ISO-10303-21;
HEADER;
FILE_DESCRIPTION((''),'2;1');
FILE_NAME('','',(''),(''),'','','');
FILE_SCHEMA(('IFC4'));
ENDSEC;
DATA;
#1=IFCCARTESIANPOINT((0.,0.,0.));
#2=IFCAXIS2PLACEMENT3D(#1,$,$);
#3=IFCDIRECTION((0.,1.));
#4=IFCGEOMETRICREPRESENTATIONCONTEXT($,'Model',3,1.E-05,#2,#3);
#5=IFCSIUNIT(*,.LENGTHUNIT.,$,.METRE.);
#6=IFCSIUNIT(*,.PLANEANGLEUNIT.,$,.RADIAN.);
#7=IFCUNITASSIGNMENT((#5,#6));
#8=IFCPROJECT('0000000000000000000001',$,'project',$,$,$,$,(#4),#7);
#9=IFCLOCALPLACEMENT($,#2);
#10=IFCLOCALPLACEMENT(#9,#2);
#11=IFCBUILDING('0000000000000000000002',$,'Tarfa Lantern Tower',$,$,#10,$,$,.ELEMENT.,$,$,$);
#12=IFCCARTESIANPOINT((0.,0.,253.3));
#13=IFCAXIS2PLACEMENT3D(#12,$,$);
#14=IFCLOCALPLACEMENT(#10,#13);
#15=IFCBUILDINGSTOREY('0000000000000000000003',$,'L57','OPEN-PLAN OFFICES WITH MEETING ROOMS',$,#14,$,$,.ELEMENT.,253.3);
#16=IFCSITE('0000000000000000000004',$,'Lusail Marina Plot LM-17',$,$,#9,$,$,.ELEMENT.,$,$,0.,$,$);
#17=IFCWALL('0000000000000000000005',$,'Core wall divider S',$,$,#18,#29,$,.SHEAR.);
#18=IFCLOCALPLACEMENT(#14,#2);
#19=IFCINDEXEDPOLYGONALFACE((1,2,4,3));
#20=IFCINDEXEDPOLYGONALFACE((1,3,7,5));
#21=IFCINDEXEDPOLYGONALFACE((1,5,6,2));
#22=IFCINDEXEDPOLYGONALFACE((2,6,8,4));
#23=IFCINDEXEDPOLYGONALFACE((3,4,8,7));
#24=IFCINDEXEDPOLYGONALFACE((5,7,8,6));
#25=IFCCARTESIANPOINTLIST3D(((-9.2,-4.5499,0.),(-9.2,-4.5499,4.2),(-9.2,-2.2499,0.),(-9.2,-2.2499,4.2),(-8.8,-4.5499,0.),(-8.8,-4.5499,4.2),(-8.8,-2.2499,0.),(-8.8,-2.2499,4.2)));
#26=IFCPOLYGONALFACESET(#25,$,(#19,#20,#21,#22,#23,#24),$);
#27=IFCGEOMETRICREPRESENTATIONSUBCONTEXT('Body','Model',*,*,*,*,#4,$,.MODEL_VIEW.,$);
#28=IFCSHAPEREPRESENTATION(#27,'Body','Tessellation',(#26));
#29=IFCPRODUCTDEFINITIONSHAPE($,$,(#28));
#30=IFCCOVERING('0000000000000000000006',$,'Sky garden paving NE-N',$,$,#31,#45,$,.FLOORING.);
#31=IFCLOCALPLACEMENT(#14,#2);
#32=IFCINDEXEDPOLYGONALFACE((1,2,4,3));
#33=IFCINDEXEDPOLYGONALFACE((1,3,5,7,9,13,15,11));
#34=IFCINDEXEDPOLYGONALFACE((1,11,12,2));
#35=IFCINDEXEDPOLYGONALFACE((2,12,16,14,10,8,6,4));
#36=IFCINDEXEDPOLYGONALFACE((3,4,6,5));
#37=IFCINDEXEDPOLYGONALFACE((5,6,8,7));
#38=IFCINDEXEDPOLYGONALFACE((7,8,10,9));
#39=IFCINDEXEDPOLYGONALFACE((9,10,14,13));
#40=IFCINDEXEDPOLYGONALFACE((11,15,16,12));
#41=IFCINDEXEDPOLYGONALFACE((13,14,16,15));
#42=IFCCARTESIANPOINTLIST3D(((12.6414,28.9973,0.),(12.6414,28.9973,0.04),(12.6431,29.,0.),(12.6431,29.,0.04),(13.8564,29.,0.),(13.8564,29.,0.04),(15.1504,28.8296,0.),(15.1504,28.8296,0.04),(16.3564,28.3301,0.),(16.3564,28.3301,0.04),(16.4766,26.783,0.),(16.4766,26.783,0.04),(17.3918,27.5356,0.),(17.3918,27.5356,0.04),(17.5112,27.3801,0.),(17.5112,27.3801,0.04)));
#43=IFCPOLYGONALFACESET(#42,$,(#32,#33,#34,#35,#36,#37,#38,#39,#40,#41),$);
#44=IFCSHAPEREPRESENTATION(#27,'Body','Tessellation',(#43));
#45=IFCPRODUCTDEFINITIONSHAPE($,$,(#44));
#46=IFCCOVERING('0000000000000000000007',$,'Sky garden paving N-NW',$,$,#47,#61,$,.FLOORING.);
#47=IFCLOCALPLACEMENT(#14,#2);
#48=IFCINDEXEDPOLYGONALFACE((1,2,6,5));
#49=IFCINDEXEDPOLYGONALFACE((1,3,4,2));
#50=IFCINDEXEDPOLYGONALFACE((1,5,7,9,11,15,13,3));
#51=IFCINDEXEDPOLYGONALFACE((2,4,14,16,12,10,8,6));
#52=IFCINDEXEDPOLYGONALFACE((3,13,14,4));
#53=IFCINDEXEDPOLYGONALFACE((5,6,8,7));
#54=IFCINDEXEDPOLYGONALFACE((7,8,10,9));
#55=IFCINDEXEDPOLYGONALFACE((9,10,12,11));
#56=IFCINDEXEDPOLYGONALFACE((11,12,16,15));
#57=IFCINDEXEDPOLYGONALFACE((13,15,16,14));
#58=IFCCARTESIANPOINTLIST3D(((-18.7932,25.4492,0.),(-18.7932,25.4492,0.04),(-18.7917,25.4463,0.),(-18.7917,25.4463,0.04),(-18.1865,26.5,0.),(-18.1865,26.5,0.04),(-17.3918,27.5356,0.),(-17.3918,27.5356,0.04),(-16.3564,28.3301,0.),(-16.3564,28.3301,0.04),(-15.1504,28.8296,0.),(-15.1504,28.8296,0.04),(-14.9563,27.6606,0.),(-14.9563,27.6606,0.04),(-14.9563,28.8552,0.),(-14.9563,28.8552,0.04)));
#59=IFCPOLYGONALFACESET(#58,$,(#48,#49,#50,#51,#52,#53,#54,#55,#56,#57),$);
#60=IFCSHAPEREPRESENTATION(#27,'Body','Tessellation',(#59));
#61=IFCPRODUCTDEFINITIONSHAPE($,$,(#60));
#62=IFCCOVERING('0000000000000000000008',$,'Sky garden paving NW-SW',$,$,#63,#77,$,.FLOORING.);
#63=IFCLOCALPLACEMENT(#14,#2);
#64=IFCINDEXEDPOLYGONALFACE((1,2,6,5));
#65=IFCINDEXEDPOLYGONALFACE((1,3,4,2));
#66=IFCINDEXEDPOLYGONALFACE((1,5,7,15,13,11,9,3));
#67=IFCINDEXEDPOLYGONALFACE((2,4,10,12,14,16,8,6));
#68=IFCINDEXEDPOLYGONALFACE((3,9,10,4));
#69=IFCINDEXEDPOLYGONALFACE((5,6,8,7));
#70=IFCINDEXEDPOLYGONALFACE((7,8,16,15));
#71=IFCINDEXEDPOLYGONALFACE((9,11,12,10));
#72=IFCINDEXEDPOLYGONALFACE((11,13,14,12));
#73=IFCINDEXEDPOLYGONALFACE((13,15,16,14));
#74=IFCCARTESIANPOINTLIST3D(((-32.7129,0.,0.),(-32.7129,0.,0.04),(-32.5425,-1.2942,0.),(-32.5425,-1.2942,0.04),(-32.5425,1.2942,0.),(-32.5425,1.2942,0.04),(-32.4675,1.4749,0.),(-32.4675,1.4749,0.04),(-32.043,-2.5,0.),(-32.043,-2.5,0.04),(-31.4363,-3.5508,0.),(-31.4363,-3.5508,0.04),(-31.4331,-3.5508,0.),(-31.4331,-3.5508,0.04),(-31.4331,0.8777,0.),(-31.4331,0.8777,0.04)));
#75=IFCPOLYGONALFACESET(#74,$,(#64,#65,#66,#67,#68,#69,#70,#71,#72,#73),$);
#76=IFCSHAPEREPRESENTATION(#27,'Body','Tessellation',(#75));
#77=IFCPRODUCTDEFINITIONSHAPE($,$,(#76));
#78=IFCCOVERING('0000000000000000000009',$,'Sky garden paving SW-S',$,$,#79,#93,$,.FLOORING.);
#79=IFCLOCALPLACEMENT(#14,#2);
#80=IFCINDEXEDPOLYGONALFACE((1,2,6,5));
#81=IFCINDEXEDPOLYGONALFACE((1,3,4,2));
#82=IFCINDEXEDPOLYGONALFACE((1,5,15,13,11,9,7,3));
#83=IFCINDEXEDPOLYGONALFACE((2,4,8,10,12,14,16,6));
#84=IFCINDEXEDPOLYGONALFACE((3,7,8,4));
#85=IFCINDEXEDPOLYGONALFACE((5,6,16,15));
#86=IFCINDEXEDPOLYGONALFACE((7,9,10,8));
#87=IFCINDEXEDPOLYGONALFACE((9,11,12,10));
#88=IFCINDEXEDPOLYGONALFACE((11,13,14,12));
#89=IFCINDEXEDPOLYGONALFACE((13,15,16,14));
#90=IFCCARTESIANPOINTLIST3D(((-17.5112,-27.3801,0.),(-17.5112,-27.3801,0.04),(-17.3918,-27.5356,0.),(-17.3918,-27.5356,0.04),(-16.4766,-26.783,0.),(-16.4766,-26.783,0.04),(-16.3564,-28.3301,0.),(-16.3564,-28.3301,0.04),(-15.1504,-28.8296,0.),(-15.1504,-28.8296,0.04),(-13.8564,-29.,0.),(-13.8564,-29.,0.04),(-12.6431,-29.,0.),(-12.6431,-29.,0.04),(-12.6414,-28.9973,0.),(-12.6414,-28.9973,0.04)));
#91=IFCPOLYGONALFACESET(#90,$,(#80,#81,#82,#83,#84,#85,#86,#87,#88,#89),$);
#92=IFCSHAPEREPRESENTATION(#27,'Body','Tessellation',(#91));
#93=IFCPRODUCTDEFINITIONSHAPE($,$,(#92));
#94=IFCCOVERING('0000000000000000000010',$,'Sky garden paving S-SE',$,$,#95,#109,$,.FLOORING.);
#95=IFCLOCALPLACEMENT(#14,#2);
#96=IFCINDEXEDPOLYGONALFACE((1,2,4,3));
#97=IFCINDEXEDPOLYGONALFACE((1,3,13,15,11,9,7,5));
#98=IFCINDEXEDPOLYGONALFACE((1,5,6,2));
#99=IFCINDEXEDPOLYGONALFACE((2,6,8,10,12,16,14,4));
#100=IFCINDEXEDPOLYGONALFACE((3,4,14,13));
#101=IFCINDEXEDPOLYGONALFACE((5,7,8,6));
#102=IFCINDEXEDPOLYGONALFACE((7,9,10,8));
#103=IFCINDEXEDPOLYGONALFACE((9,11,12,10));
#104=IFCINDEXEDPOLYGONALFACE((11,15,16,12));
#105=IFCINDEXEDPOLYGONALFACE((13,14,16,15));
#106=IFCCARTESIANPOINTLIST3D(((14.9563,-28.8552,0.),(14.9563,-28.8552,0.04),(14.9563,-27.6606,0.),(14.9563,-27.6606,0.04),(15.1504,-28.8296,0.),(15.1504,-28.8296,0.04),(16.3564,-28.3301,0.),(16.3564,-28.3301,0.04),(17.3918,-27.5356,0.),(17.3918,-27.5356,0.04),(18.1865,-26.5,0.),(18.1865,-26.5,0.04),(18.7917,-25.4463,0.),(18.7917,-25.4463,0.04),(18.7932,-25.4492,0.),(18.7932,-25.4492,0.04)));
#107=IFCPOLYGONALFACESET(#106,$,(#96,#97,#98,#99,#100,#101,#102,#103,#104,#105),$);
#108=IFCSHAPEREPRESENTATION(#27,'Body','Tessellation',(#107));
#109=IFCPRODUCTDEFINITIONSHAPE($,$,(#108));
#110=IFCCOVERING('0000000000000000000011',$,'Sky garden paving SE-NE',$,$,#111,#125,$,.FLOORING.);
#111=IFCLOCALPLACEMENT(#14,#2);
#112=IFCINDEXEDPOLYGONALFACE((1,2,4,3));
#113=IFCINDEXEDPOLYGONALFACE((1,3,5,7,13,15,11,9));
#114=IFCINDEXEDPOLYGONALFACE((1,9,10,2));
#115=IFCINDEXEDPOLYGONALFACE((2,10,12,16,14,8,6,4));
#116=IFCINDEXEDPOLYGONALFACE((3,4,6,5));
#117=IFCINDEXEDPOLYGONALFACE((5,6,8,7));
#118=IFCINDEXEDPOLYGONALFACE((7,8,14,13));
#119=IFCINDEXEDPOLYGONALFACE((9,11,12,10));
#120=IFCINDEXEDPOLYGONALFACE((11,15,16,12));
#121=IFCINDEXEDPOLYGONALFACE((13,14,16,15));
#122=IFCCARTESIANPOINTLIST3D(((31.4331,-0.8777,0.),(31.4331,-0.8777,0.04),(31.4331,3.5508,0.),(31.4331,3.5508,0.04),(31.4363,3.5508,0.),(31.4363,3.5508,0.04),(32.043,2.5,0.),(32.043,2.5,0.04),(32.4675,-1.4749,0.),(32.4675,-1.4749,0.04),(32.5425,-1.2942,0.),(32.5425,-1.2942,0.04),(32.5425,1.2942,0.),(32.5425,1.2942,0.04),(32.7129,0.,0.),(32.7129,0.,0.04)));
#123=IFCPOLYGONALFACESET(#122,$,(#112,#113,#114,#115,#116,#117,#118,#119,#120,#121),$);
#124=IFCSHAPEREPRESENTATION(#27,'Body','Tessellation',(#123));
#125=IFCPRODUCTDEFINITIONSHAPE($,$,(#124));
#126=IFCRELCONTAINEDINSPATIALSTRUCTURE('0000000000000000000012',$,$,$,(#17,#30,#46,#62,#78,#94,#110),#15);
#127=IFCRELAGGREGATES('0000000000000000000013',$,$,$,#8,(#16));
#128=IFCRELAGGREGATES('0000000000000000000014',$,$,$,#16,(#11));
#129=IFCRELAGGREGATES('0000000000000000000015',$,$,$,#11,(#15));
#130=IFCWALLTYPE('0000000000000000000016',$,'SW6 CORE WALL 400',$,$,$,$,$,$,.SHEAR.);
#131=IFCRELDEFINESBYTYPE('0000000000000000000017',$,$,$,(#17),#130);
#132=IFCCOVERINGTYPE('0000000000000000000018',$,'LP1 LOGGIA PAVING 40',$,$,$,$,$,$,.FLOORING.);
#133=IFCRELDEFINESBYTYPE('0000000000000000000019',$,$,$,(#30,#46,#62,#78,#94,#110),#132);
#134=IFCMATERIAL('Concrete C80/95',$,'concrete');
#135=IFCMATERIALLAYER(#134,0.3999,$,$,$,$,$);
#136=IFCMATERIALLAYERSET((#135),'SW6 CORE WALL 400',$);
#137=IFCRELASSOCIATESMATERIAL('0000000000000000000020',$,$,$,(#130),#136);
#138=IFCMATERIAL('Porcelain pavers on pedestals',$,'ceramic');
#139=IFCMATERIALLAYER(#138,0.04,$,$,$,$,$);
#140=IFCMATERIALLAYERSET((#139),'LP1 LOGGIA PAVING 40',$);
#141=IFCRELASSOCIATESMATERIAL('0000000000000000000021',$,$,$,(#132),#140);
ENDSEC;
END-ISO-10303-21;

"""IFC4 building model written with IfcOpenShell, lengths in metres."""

from ifc_helpers import new_model, si_unit, direction, frame, frame_2d, origin, place, context, subcontext, project, spatial, polyline, rectangle, outline, extrude, material, layer, layer_set, type_object, element, save


model = new_model("IFC4")

# Units and contexts
model_context = context("Model", 3, precision=1e-05, world=origin(), true_north=direction((0.0, 1.0)))
body_context = subcontext(model_context, "Body", "Model", "MODEL_VIEW")
ifc_project = project(units=[si_unit("LENGTHUNIT", "METRE"), si_unit("PLANEANGLEUNIT", "RADIAN")], contexts=[model_context])

# Site, building, storey
site_placement = place(None, origin())
site = spatial("IfcSite", under=ifc_project, at=site_placement, Name="Lusail Marina Plot LM-17", CompositionType="ELEMENT", RefElevation=0.0)
building_placement = place(site_placement, origin())
building = spatial("IfcBuilding", under=site, at=building_placement, Name="Tarfa Lantern Tower", CompositionType="ELEMENT")
storey_placement = place(building_placement, frame((0.0, 0.0, 253.3)))
storey = spatial("IfcBuildingStorey", under=building, at=storey_placement, Name="L57", Description="OPEN-PLAN OFFICES WITH MEETING ROOMS", CompositionType="ELEMENT", Elevation=253.3)

# Shared definitions
ifc_material_1 = material(Name="Concrete C80/95", Category="concrete")

# Wall
ifc_layer_1 = layer(ifc_material_1, 0.3999)
ifc_layer_set_1 = layer_set([ifc_layer_1], Name="SW6 CORE WALL 400")
wall_type_1 = type_object("IfcWallType", Name="SW6 CORE WALL 400", PredefinedType="SHEAR", material=ifc_layer_set_1)
wall_1_placement = place(storey_placement, frame((-9.0, -2.25, 0.0), z_axis=(0.0, 0.0, 1.0), x_axis=(0.0, -1.0, 0.0)))
element("IfcWall", 1, at=wall_1_placement, inside=storey, type_object=wall_type_1, Name="Core wall divider S", PredefinedType="SHEAR", context=body_context, shape_type="SweptSolid", body=[
    extrude(rectangle(XDim=2.3, YDim=0.3999, at=frame_2d((1.1499, 0.0))), origin(), (0.0, 0.0, 1.0), 4.2),
])

# Coverings
ifc_material_2 = material(Name="Porcelain pavers on pedestals", Category="ceramic")
ifc_layer_2 = layer(ifc_material_2, 0.04)
ifc_layer_set_2 = layer_set([ifc_layer_2], Name="LP1 LOGGIA PAVING 40")
covering_type = type_object("IfcCoveringType", Name="LP1 LOGGIA PAVING 40", PredefinedType="FLOORING", material=ifc_layer_set_2)
covering_1_placement = place(storey_placement, origin())
element("IfcCovering", 2, at=covering_1_placement, inside=storey, type_object=covering_type, Name="Sky garden paving NE-N", PredefinedType="FLOORING", context=body_context, shape_type="SweptSolid", body=[
    extrude(outline(polyline([(15.1504, 28.8296), (16.3564, 28.3301), (17.3918, 27.5356), (17.5112, 27.3801), (16.4766, 26.783), (12.6414, 28.9973), (12.6431, 29.0), (13.8564, 29.0), (15.1504, 28.8296)])), origin(), (0.0, 0.0, 1.0), 0.04),
])
covering_2_placement = place(storey_placement, origin())
element("IfcCovering", 3, at=covering_2_placement, inside=storey, type_object=covering_type, Name="Sky garden paving N-NW", PredefinedType="FLOORING", context=body_context, shape_type="SweptSolid", body=[
    extrude(outline(polyline([(-17.3918, 27.5356), (-16.3564, 28.3301), (-15.1504, 28.8296), (-14.9563, 28.8552), (-14.9563, 27.6606), (-18.7917, 25.4463), (-18.7932, 25.4492), (-18.1865, 26.5), (-17.3918, 27.5356)])), origin(), (0.0, 0.0, 1.0), 0.04),
])
covering_3_placement = place(storey_placement, origin())
element("IfcCovering", 4, at=covering_3_placement, inside=storey, type_object=covering_type, Name="Sky garden paving NW-SW", PredefinedType="FLOORING", context=body_context, shape_type="SweptSolid", body=[
    extrude(outline(polyline([(-32.5425, -1.2942), (-32.7129, 0.0), (-32.5425, 1.2942), (-32.4675, 1.4749), (-31.4331, 0.8777), (-31.4331, -3.5508), (-31.4363, -3.5508), (-32.043, -2.5), (-32.5425, -1.2942)])), origin(), (0.0, 0.0, 1.0), 0.04),
])
covering_4_placement = place(storey_placement, origin())
element("IfcCovering", 5, at=covering_4_placement, inside=storey, type_object=covering_type, Name="Sky garden paving SW-S", PredefinedType="FLOORING", context=body_context, shape_type="SweptSolid", body=[
    extrude(outline(polyline([(-15.1504, -28.8296), (-16.3564, -28.3301), (-17.3918, -27.5356), (-17.5112, -27.3801), (-16.4766, -26.783), (-12.6414, -28.9973), (-12.6431, -29.0), (-13.8564, -29.0), (-15.1504, -28.8296)])), origin(), (0.0, 0.0, 1.0), 0.04),
])
covering_5_placement = place(storey_placement, origin())
element("IfcCovering", 6, at=covering_5_placement, inside=storey, type_object=covering_type, Name="Sky garden paving S-SE", PredefinedType="FLOORING", context=body_context, shape_type="SweptSolid", body=[
    extrude(outline(polyline([(17.3918, -27.5356), (16.3564, -28.3301), (15.1504, -28.8296), (14.9563, -28.8552), (14.9563, -27.6606), (18.7917, -25.4463), (18.7932, -25.4492), (18.1865, -26.5), (17.3918, -27.5356)])), origin(), (0.0, 0.0, 1.0), 0.04),
])
covering_6_placement = place(storey_placement, origin())
element("IfcCovering", 7, at=covering_6_placement, inside=storey, type_object=covering_type, Name="Sky garden paving SE-NE", PredefinedType="FLOORING", context=body_context, shape_type="SweptSolid", body=[
    extrude(outline(polyline([(32.5425, 1.2942), (32.7129, 0.0), (32.5425, -1.2942), (32.4675, -1.4749), (31.4331, -0.8777), (31.4331, 3.5508), (31.4363, 3.5508), (32.043, 2.5), (32.5425, 1.2942)])), origin(), (0.0, 0.0, 1.0), 0.04),
])

save(model, "model.ifc")
